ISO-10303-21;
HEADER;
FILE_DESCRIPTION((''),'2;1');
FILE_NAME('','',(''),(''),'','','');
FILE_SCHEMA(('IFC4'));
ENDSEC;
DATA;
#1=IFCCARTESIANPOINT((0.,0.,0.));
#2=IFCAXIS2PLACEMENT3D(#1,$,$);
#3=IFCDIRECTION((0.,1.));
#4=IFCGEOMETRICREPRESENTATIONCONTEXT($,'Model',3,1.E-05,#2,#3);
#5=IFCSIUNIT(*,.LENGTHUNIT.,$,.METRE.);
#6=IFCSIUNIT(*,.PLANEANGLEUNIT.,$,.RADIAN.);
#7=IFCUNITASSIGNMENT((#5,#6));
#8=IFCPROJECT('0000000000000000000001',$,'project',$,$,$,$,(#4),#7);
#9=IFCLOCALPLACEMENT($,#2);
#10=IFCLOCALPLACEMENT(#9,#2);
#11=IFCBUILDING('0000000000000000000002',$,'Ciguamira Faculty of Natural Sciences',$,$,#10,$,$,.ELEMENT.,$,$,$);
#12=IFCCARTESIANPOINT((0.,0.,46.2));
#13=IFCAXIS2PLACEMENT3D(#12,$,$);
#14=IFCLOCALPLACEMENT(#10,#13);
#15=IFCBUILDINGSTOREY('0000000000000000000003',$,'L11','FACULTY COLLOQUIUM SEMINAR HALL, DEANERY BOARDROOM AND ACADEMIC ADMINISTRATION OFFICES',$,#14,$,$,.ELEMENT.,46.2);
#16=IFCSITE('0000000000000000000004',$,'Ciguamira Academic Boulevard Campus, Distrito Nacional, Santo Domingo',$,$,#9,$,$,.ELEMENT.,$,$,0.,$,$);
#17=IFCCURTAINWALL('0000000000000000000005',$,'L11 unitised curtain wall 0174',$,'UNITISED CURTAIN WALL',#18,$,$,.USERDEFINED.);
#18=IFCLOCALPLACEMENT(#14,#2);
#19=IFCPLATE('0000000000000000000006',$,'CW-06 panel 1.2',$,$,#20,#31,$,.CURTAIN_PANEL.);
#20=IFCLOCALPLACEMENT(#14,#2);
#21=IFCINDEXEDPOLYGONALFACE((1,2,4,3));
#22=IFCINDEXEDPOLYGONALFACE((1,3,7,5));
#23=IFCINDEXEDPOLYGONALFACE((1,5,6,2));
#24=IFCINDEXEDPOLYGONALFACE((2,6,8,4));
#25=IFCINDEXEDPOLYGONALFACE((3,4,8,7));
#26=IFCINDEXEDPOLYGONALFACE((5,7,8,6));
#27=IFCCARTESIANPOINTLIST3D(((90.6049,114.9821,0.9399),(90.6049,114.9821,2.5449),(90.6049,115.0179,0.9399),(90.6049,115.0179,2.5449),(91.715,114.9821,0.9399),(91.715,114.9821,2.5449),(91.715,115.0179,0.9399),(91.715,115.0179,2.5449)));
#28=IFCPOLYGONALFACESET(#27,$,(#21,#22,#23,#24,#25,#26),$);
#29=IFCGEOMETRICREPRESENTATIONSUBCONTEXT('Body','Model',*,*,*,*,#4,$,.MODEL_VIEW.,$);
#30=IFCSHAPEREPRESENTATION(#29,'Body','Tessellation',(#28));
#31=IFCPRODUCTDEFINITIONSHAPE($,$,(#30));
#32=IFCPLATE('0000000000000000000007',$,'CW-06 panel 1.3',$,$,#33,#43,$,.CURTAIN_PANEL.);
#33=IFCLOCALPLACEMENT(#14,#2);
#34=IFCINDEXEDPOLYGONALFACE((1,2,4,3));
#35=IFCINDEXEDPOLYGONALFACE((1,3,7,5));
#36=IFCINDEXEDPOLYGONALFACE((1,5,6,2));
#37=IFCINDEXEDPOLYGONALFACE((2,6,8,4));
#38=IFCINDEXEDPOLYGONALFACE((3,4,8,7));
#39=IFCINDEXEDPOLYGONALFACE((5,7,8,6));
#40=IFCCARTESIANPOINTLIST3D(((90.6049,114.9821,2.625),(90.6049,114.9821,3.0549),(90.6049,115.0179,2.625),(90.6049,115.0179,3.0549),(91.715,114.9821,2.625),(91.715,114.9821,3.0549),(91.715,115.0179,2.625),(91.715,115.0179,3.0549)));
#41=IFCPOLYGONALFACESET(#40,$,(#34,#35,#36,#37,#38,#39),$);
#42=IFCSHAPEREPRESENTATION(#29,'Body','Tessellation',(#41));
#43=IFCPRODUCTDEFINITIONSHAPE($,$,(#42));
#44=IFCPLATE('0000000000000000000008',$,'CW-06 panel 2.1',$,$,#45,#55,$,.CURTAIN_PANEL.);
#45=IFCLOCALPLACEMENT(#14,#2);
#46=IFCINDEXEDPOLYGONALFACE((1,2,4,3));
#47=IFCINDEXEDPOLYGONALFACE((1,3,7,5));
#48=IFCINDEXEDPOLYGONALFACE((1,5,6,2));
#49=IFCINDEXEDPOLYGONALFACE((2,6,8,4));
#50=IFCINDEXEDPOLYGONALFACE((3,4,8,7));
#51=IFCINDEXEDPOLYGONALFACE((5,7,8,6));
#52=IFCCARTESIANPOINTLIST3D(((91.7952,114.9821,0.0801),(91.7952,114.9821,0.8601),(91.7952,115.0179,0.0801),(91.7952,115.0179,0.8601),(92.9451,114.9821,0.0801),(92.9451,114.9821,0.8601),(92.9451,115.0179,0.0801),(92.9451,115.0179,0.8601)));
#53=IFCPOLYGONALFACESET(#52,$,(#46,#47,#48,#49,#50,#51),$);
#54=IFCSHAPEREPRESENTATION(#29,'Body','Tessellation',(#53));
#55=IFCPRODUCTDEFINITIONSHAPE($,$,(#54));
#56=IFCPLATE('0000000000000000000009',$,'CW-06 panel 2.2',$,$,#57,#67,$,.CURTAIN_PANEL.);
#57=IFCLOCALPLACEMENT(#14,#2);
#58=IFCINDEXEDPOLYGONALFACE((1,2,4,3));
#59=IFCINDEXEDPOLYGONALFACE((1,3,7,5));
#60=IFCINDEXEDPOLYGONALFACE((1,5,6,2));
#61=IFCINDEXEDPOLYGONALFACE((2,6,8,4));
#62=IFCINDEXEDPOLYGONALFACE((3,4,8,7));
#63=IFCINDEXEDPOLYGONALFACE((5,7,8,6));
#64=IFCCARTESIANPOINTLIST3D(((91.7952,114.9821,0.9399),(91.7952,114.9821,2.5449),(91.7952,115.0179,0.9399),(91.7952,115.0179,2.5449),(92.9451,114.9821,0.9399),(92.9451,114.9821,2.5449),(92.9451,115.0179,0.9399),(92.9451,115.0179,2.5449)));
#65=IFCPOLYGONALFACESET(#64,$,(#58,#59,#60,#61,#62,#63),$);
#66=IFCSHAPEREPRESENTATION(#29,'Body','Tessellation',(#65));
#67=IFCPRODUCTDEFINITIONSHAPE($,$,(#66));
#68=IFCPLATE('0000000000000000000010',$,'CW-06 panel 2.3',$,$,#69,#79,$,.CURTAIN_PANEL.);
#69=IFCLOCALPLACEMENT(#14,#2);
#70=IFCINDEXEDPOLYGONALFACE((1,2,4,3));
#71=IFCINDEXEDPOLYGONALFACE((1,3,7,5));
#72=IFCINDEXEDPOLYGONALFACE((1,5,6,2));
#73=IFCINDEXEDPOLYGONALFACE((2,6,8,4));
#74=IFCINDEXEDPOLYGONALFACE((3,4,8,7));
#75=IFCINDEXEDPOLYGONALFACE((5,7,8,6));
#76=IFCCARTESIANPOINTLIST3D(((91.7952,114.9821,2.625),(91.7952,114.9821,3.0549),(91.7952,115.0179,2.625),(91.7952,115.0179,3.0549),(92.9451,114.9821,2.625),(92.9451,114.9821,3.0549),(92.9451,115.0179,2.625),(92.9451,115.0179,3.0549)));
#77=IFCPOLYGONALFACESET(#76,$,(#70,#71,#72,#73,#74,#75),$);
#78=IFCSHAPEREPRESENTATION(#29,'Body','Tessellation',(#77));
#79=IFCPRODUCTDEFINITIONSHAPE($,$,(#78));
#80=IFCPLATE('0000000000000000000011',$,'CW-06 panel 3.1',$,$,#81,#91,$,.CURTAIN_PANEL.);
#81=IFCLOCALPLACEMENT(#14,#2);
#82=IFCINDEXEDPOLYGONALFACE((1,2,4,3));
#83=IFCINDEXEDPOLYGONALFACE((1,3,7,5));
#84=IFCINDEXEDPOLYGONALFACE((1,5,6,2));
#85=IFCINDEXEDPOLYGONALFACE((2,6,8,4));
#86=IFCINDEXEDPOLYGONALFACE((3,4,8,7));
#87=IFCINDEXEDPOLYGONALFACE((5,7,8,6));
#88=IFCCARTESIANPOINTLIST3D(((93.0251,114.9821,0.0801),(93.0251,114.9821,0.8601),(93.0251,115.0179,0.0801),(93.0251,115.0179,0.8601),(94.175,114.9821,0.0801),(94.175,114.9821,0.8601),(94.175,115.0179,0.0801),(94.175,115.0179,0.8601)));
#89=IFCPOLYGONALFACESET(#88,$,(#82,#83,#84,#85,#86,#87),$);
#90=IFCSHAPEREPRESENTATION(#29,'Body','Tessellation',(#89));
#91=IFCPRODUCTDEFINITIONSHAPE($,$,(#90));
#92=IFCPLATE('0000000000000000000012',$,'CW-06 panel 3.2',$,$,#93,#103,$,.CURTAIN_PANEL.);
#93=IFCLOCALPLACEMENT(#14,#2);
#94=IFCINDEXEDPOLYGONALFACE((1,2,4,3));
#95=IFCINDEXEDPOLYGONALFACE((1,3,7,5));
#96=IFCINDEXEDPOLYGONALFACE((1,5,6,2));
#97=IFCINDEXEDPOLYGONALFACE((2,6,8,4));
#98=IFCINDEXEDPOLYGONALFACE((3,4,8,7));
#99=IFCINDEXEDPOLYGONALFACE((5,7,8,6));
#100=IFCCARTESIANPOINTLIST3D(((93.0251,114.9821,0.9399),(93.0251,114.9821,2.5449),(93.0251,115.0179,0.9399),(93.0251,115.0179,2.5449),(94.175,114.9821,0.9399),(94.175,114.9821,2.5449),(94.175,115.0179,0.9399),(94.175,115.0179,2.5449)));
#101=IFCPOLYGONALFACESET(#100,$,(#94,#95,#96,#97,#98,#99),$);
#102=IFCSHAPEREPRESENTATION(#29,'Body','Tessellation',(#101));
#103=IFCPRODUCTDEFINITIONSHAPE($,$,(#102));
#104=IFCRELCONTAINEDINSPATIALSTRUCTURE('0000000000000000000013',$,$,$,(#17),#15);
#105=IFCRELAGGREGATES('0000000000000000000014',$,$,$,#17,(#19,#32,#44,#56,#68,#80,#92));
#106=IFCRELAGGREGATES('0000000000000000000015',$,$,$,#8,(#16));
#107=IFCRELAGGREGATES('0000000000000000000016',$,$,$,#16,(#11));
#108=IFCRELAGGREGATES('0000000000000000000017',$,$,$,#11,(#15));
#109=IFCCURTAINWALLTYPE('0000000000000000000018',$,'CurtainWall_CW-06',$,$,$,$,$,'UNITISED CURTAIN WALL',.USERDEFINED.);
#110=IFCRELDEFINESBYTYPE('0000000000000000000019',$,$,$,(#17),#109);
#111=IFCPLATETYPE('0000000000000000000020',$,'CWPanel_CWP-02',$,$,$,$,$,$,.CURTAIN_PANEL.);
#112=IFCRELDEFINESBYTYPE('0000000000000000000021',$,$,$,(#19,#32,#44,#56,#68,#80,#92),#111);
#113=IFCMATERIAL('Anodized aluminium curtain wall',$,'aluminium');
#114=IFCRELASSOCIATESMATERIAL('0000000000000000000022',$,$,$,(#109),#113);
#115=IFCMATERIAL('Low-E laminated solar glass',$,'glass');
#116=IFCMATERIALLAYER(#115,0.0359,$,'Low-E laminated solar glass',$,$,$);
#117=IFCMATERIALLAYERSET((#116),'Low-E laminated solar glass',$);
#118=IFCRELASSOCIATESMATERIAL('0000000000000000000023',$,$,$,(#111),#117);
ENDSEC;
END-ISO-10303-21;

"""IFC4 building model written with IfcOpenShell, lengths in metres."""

from ifc_helpers import new_model, si_unit, direction, frame, origin, origin_2d, place, context, subcontext, project, spatial, rectangle, extrude, material, layer, layer_set, type_object, element, aggregate, save


model = new_model("IFC4")

# Units and contexts
model_context = context("Model", 3, precision=1e-05, world=origin(), true_north=direction((0.0, 1.0)))
body_context = subcontext(model_context, "Body", "Model", "MODEL_VIEW")
ifc_project = project(units=[si_unit("LENGTHUNIT", "METRE"), si_unit("PLANEANGLEUNIT", "RADIAN")], contexts=[model_context])

# Site, building, storey
site_placement = place(None, origin())
site = spatial("IfcSite", under=ifc_project, at=site_placement, Name="Ciguamira Academic Boulevard Campus, Distrito Nacional, Santo Domingo", CompositionType="ELEMENT", RefElevation=0.0)
building_placement = place(site_placement, origin())
building = spatial("IfcBuilding", under=site, at=building_placement, Name="Ciguamira Faculty of Natural Sciences", CompositionType="ELEMENT")
storey_placement = place(building_placement, frame((0.0, 0.0, 46.2)))
storey = spatial("IfcBuildingStorey", under=building, at=storey_placement, Name="L11", Description="FACULTY COLLOQUIUM SEMINAR HALL, DEANERY BOARDROOM AND ACADEMIC ADMINISTRATION OFFICES", CompositionType="ELEMENT", Elevation=46.2)

# Curtain wall, plates
ifc_material_1 = material(Name="Anodized aluminium curtain wall", Category="aluminium")
curtain_wall_type = type_object("IfcCurtainWallType", Name="CurtainWall_CW-06", ElementType="UNITISED CURTAIN WALL", PredefinedType="USERDEFINED", material=ifc_material_1)
curtain_wall_placement = place(storey_placement, origin())
curtain_wall = element("IfcCurtainWall", 1, at=curtain_wall_placement, inside=storey, type_object=curtain_wall_type, Name="L11 unitised curtain wall 0174", ObjectType="UNITISED CURTAIN WALL", PredefinedType="USERDEFINED")
ifc_material_2 = material(Name="Low-E laminated solar glass", Category="glass")
ifc_layer = layer(ifc_material_2, 0.0359, Name="Low-E laminated solar glass")
ifc_layer_set = layer_set([ifc_layer], Name="Low-E laminated solar glass")
plate_type = type_object("IfcPlateType", Name="CWPanel_CWP-02", PredefinedType="CURTAIN_PANEL", material=ifc_layer_set)
plate_1_placement = place(storey_placement, frame((91.1599, 115.0, 0.9399), z_axis=(0.0, 0.0, 1.0), x_axis=(1.0, 0.0, 0.0)))
plate_1 = element("IfcPlate", 2, at=plate_1_placement, type_object=plate_type, Name="CW-06 panel 1.2", PredefinedType="CURTAIN_PANEL", context=body_context, shape_type="SweptSolid", body=[
    extrude(rectangle(XDim=1.1101, YDim=0.0359, at=origin_2d()), origin(), (0.0, 0.0, 1.0), 1.605),
])
plate_2_placement = place(storey_placement, frame((91.1599, 115.0, 2.625), z_axis=(0.0, 0.0, 1.0), x_axis=(1.0, 0.0, 0.0)))
plate_2 = element("IfcPlate", 3, at=plate_2_placement, type_object=plate_type, Name="CW-06 panel 1.3", PredefinedType="CURTAIN_PANEL", context=body_context, shape_type="SweptSolid", body=[
    extrude(rectangle(XDim=1.1101, YDim=0.0359, at=origin_2d()), origin(), (0.0, 0.0, 1.0), 0.4299),
])
plate_3_placement = place(storey_placement, frame((92.3701, 115.0, 0.0801), z_axis=(0.0, 0.0, 1.0), x_axis=(1.0, 0.0, 0.0)))
plate_3 = element("IfcPlate", 4, at=plate_3_placement, type_object=plate_type, Name="CW-06 panel 2.1", PredefinedType="CURTAIN_PANEL", context=body_context, shape_type="SweptSolid", body=[
    extrude(rectangle(XDim=1.1499, YDim=0.0359, at=origin_2d()), origin(), (0.0, 0.0, 1.0), 0.78),
])
plate_4_placement = place(storey_placement, frame((92.3701, 115.0, 0.9399), z_axis=(0.0, 0.0, 1.0), x_axis=(1.0, 0.0, 0.0)))
plate_4 = element("IfcPlate", 5, at=plate_4_placement, type_object=plate_type, Name="CW-06 panel 2.2", PredefinedType="CURTAIN_PANEL", context=body_context, shape_type="SweptSolid", body=[
    extrude(rectangle(XDim=1.1499, YDim=0.0359, at=origin_2d()), origin(), (0.0, 0.0, 1.0), 1.605),
])
plate_5_placement = place(storey_placement, frame((92.3701, 115.0, 2.625), z_axis=(0.0, 0.0, 1.0), x_axis=(1.0, 0.0, 0.0)))
plate_5 = element("IfcPlate", 6, at=plate_5_placement, type_object=plate_type, Name="CW-06 panel 2.3", PredefinedType="CURTAIN_PANEL", context=body_context, shape_type="SweptSolid", body=[
    extrude(rectangle(XDim=1.1499, YDim=0.0359, at=origin_2d()), origin(), (0.0, 0.0, 1.0), 0.4299),
])
plate_6_placement = place(storey_placement, frame((93.6001, 115.0, 0.0801), z_axis=(0.0, 0.0, 1.0), x_axis=(1.0, 0.0, 0.0)))
plate_6 = element("IfcPlate", 7, at=plate_6_placement, type_object=plate_type, Name="CW-06 panel 3.1", PredefinedType="CURTAIN_PANEL", context=body_context, shape_type="SweptSolid", body=[
    extrude(rectangle(XDim=1.1499, YDim=0.0359, at=origin_2d()), origin(), (0.0, 0.0, 1.0), 0.78),
])
plate_7_placement = place(storey_placement, frame((93.6001, 115.0, 0.9399), z_axis=(0.0, 0.0, 1.0), x_axis=(1.0, 0.0, 0.0)))
plate_7 = element("IfcPlate", 8, at=plate_7_placement, type_object=plate_type, Name="CW-06 panel 3.2", PredefinedType="CURTAIN_PANEL", context=body_context, shape_type="SweptSolid", body=[
    extrude(rectangle(XDim=1.1499, YDim=0.0359, at=origin_2d()), origin(), (0.0, 0.0, 1.0), 1.605),
])
aggregate(curtain_wall, [plate_1, plate_2, plate_3, plate_4, plate_5, plate_6, plate_7])

save(model, "model.ifc")
